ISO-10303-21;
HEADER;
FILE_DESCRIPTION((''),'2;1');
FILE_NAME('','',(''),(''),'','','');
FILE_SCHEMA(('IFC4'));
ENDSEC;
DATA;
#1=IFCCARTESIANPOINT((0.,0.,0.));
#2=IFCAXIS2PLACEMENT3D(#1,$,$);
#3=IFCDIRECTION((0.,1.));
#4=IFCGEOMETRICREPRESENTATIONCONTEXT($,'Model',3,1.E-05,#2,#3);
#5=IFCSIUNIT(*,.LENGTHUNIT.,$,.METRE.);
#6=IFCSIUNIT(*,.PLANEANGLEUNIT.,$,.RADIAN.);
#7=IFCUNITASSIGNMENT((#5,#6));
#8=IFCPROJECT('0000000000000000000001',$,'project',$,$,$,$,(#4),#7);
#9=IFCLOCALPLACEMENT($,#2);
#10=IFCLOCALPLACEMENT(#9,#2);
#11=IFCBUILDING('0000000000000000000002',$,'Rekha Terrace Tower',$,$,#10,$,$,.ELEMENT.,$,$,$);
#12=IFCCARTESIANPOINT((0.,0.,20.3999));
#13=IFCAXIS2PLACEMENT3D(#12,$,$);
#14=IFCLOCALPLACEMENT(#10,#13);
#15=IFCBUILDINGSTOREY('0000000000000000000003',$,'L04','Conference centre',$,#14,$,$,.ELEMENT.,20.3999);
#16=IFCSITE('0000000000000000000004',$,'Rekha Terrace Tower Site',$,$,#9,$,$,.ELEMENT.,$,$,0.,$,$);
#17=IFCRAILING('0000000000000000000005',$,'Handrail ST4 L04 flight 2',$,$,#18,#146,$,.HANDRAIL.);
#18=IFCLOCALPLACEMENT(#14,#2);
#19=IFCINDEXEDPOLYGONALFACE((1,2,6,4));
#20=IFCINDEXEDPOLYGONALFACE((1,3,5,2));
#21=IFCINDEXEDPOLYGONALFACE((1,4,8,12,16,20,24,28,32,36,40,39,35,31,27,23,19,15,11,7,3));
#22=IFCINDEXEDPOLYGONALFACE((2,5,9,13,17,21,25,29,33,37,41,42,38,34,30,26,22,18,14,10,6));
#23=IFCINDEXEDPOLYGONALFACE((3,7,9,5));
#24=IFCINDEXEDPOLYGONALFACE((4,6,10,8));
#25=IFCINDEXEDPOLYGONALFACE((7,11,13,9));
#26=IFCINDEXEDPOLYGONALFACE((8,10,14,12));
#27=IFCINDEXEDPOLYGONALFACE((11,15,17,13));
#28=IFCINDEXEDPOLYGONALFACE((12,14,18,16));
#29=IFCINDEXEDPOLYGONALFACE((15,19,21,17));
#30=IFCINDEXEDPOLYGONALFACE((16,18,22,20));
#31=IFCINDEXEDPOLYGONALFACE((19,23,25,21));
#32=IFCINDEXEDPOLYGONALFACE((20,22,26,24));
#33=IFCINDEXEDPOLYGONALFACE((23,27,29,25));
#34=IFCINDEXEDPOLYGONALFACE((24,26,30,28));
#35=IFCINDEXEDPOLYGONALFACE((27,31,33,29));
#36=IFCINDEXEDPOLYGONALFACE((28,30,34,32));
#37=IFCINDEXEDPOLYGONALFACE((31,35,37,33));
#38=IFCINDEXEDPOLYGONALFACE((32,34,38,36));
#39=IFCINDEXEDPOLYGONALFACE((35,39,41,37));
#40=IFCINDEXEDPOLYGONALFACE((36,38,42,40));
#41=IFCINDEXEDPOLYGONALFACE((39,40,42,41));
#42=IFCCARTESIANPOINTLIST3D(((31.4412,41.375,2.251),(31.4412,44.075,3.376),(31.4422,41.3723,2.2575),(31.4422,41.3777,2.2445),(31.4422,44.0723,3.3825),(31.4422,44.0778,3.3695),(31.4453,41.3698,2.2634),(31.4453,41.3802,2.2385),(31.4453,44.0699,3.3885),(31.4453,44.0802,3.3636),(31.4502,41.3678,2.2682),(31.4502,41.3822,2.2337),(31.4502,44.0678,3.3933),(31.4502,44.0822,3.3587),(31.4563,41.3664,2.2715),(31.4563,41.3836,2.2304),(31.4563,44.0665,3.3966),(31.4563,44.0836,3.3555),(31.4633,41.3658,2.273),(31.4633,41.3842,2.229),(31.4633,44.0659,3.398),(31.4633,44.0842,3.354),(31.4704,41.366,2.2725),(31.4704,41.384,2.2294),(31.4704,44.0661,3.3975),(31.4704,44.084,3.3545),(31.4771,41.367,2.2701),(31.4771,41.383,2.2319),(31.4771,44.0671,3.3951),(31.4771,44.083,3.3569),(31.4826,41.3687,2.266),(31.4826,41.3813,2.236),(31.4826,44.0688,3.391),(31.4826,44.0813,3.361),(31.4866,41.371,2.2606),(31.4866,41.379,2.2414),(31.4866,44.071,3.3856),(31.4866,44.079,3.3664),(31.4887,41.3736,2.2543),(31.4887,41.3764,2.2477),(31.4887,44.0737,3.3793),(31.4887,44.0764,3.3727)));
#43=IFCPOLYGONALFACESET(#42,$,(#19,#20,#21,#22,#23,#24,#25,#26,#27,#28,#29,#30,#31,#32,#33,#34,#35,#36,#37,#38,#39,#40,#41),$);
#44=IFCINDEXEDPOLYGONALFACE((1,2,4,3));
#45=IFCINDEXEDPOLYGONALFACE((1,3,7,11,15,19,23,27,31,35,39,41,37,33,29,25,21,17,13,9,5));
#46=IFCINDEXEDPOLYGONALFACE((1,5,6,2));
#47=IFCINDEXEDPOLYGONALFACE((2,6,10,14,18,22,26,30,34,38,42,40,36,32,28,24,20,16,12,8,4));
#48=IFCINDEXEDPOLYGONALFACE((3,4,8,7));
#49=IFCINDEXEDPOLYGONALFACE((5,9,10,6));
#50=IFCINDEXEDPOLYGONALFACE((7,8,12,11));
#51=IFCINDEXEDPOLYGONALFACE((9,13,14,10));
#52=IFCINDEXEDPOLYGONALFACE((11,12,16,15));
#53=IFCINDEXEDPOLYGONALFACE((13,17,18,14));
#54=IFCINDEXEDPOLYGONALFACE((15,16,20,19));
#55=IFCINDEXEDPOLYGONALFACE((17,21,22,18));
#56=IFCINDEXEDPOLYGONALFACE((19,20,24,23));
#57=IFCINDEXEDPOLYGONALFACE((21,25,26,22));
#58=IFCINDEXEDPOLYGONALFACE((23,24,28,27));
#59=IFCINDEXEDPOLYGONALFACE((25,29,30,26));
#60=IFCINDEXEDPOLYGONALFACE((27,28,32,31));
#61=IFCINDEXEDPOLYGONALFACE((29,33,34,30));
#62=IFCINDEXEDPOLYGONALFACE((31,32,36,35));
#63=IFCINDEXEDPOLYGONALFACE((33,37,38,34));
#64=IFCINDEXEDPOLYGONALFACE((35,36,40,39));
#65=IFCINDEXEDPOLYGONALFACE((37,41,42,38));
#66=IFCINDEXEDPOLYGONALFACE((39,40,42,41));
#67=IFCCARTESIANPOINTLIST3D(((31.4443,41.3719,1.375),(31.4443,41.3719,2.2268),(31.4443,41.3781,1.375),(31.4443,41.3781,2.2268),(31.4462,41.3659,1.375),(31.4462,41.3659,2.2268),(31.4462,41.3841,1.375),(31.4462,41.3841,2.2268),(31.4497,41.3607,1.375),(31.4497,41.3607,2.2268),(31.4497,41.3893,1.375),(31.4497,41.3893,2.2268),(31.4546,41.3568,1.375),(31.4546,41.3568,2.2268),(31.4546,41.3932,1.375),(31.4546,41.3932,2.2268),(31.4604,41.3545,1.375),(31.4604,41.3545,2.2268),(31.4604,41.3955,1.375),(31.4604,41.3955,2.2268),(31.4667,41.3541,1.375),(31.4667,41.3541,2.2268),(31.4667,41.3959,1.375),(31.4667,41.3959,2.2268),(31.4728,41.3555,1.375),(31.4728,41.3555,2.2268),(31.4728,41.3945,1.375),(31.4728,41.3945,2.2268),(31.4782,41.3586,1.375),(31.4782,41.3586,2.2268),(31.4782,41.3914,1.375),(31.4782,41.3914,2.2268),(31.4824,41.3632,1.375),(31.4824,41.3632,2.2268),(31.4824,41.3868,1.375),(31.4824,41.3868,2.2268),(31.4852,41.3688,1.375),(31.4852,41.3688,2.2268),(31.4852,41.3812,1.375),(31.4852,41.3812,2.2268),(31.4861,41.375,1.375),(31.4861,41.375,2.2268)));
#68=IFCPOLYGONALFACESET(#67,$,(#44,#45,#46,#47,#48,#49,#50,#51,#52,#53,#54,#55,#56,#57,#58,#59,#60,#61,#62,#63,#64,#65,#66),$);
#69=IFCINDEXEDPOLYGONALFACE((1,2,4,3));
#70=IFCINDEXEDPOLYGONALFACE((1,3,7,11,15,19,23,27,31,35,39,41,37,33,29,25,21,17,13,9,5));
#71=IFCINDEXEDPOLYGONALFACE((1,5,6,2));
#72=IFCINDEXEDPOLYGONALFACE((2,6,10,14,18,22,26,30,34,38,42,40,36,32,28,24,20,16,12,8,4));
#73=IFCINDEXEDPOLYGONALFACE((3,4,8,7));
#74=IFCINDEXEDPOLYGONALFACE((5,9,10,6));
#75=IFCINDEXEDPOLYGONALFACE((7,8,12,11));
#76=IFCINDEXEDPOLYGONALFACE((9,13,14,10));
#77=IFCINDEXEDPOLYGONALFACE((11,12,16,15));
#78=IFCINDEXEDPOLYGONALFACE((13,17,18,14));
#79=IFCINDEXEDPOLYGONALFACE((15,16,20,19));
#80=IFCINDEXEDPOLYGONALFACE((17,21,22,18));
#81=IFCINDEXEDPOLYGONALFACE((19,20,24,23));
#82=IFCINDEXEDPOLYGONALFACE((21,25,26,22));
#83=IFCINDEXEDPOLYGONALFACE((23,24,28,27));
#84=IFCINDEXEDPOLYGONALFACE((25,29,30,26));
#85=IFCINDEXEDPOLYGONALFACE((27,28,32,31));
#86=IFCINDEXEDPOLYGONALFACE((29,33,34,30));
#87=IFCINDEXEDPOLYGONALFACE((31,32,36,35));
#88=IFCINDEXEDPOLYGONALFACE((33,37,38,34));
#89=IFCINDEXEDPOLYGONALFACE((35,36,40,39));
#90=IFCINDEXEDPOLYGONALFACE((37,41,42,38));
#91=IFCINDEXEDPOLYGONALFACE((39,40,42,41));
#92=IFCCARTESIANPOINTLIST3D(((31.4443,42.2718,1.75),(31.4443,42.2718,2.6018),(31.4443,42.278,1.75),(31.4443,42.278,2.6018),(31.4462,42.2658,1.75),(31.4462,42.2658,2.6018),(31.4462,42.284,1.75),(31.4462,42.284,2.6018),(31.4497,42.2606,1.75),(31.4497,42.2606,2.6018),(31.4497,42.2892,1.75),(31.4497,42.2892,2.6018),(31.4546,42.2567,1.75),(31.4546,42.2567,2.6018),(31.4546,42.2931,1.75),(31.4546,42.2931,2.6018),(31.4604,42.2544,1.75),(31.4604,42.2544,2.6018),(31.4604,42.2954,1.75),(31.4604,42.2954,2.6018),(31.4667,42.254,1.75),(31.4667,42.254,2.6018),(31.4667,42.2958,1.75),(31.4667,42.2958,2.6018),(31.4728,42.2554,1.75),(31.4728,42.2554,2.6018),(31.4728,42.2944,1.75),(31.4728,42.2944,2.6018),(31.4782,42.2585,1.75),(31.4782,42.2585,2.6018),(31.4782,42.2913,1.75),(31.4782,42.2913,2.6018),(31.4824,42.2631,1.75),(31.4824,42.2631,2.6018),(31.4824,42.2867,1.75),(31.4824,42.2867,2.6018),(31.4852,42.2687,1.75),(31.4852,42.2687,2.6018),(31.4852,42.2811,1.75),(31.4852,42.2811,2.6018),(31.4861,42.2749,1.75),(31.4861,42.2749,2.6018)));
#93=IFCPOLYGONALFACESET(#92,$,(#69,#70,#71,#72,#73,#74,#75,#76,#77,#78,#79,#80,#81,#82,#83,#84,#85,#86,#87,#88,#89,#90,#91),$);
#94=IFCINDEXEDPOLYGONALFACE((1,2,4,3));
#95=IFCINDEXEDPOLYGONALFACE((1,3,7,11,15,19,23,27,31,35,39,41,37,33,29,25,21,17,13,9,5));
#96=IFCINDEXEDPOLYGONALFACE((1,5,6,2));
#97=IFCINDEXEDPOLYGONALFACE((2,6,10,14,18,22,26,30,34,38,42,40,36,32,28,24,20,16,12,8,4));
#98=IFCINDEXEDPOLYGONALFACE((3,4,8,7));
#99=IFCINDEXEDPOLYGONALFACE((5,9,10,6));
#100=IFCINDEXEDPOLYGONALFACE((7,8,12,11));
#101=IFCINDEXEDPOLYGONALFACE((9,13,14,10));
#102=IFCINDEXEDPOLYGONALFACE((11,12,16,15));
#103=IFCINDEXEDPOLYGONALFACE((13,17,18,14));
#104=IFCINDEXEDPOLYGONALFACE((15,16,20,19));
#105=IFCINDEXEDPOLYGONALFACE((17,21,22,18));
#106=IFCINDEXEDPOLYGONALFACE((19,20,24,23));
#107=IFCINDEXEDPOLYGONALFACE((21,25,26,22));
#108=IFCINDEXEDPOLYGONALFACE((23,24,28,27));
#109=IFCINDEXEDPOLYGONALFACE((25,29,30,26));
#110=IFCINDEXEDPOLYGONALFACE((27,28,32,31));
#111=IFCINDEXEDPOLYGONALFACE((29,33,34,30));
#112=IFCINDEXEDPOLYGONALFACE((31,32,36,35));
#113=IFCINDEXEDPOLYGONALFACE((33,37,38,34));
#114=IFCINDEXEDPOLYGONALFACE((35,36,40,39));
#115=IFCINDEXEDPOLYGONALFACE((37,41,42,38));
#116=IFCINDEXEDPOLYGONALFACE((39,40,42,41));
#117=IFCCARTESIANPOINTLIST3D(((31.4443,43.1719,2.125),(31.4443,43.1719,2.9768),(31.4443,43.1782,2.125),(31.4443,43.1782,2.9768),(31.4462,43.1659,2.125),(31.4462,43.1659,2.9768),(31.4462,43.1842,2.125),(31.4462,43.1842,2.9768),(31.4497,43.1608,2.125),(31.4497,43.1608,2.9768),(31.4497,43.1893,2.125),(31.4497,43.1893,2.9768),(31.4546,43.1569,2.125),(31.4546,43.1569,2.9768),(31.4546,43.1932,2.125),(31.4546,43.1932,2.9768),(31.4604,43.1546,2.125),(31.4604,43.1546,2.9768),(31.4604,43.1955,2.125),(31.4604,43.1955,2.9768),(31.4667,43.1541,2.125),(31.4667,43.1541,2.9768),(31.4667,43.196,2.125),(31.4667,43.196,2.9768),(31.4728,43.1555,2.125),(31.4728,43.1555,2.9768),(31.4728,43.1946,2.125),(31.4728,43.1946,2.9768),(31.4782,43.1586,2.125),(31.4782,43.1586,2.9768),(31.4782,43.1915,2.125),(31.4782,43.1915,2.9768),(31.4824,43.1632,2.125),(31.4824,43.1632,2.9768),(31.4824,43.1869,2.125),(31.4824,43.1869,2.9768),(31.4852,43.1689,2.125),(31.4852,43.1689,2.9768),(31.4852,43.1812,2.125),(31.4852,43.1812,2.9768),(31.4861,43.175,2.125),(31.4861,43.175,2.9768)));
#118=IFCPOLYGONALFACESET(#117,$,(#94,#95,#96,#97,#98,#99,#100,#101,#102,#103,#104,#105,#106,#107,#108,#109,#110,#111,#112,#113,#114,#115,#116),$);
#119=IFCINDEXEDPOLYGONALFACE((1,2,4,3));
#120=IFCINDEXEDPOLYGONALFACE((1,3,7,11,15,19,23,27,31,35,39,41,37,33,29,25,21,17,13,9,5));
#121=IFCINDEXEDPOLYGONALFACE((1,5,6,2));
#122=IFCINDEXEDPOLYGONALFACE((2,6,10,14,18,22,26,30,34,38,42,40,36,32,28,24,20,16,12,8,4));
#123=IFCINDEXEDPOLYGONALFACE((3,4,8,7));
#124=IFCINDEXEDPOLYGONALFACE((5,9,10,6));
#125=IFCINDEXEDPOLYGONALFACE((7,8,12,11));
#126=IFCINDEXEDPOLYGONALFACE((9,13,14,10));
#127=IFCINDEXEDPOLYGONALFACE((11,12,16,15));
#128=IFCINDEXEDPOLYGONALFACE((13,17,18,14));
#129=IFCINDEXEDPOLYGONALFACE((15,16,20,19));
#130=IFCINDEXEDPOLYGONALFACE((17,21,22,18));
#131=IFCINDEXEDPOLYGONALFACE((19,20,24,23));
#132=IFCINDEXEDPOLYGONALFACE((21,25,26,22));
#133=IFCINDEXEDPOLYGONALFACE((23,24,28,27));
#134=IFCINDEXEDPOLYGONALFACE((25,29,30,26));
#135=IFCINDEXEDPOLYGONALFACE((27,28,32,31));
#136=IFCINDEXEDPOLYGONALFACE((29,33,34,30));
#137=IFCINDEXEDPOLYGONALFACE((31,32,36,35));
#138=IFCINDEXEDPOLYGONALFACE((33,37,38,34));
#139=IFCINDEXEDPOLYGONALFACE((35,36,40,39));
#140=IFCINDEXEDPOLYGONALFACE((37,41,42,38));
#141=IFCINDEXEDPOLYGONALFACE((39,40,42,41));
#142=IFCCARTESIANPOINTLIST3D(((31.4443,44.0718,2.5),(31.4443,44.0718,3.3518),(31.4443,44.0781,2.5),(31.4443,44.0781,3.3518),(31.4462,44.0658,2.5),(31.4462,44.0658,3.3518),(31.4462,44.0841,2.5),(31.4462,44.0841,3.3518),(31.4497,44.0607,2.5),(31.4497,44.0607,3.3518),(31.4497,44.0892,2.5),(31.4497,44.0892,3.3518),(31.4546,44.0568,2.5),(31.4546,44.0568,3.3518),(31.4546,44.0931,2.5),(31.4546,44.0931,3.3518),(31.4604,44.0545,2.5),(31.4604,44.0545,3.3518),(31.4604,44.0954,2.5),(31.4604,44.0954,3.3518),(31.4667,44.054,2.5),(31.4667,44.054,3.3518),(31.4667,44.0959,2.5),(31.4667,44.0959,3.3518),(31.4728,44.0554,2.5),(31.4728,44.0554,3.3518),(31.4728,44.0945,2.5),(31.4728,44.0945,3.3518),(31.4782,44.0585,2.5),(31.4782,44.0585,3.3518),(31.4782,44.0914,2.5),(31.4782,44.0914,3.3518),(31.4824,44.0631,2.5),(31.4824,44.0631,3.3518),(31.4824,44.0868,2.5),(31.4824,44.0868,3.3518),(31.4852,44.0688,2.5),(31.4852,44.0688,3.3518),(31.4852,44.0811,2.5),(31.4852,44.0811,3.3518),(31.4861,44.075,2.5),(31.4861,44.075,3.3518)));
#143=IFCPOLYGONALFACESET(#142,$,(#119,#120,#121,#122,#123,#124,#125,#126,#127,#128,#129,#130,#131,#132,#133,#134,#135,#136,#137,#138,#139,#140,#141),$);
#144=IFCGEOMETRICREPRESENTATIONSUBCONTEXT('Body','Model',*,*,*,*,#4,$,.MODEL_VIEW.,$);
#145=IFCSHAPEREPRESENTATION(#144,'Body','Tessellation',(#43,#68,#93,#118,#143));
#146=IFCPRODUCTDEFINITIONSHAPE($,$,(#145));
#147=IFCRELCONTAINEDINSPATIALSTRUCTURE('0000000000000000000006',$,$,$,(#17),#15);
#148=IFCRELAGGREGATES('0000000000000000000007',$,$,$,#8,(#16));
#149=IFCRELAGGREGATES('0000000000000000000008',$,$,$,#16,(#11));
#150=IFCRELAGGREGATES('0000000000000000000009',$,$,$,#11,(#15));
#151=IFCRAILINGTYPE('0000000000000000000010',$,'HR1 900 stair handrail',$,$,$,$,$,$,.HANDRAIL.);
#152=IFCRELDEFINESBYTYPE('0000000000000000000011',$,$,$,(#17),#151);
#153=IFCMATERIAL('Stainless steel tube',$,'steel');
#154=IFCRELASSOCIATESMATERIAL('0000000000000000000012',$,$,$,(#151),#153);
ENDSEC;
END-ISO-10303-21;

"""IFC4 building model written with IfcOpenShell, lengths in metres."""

from ifc_helpers import new_model, si_unit, direction, frame, origin, origin_2d, place, context, subcontext, project, spatial, circle, extrude, material, type_object, element, save


model = new_model("IFC4")

# Units and contexts
model_context = context("Model", 3, precision=1e-05, world=origin(), true_north=direction((0.0, 1.0)))
body_context = subcontext(model_context, "Body", "Model", "MODEL_VIEW")
ifc_project = project(units=[si_unit("LENGTHUNIT", "METRE"), si_unit("PLANEANGLEUNIT", "RADIAN")], contexts=[model_context])

# Site, building, storey
site_placement = place(None, origin())
site = spatial("IfcSite", under=ifc_project, at=site_placement, Name="Rekha Terrace Tower Site", CompositionType="ELEMENT", RefElevation=0.0)
building_placement = place(site_placement, origin())
building = spatial("IfcBuilding", under=site, at=building_placement, Name="Rekha Terrace Tower", CompositionType="ELEMENT")
storey_placement = place(building_placement, frame((0.0, 0.0, 20.3999)))
storey = spatial("IfcBuildingStorey", under=building, at=storey_placement, Name="L04", Description="Conference centre", CompositionType="ELEMENT", Elevation=20.3999)

# Railing
ifc_material_1 = material(Name="Stainless steel tube", Category="steel")
railing_type_1 = type_object("IfcRailingType", Name="HR1 900 stair handrail", PredefinedType="HANDRAIL", material=ifc_material_1)
railing_1_placement = place(storey_placement, frame((31.4651, 41.375, 1.375)))
element("IfcRailing", 1, at=railing_1_placement, inside=storey, type_object=railing_type_1, Name="Handrail ST4 L04 flight 2", PredefinedType="HANDRAIL", context=body_context, shape_type="SweptSolid", body=[
    extrude(circle(Radius=0.0239, at=origin_2d()), frame((0.0, 0.0, 0.876), z_axis=(0.0, 0.923074, 0.384621), x_axis=(-1.0, 0.0, 0.0)), (0.0, 0.0, 1.0), 2.925),
    extrude(circle(Radius=0.021, at=origin_2d()), origin(), (0.0, 0.0, 1.0), 0.8518),
    extrude(circle(Radius=0.021, at=origin_2d()), frame((0.0, 0.8999, 0.375)), (0.0, 0.0, 1.0), 0.8518),
    extrude(circle(Radius=0.021, at=origin_2d()), frame((0.0, 1.8, 0.75)), (0.0, 0.0, 1.0), 0.8518),
    extrude(circle(Radius=0.021, at=origin_2d()), frame((0.0, 2.7, 1.125)), (0.0, 0.0, 1.0), 0.8518),
])

save(model, "model.ifc")
